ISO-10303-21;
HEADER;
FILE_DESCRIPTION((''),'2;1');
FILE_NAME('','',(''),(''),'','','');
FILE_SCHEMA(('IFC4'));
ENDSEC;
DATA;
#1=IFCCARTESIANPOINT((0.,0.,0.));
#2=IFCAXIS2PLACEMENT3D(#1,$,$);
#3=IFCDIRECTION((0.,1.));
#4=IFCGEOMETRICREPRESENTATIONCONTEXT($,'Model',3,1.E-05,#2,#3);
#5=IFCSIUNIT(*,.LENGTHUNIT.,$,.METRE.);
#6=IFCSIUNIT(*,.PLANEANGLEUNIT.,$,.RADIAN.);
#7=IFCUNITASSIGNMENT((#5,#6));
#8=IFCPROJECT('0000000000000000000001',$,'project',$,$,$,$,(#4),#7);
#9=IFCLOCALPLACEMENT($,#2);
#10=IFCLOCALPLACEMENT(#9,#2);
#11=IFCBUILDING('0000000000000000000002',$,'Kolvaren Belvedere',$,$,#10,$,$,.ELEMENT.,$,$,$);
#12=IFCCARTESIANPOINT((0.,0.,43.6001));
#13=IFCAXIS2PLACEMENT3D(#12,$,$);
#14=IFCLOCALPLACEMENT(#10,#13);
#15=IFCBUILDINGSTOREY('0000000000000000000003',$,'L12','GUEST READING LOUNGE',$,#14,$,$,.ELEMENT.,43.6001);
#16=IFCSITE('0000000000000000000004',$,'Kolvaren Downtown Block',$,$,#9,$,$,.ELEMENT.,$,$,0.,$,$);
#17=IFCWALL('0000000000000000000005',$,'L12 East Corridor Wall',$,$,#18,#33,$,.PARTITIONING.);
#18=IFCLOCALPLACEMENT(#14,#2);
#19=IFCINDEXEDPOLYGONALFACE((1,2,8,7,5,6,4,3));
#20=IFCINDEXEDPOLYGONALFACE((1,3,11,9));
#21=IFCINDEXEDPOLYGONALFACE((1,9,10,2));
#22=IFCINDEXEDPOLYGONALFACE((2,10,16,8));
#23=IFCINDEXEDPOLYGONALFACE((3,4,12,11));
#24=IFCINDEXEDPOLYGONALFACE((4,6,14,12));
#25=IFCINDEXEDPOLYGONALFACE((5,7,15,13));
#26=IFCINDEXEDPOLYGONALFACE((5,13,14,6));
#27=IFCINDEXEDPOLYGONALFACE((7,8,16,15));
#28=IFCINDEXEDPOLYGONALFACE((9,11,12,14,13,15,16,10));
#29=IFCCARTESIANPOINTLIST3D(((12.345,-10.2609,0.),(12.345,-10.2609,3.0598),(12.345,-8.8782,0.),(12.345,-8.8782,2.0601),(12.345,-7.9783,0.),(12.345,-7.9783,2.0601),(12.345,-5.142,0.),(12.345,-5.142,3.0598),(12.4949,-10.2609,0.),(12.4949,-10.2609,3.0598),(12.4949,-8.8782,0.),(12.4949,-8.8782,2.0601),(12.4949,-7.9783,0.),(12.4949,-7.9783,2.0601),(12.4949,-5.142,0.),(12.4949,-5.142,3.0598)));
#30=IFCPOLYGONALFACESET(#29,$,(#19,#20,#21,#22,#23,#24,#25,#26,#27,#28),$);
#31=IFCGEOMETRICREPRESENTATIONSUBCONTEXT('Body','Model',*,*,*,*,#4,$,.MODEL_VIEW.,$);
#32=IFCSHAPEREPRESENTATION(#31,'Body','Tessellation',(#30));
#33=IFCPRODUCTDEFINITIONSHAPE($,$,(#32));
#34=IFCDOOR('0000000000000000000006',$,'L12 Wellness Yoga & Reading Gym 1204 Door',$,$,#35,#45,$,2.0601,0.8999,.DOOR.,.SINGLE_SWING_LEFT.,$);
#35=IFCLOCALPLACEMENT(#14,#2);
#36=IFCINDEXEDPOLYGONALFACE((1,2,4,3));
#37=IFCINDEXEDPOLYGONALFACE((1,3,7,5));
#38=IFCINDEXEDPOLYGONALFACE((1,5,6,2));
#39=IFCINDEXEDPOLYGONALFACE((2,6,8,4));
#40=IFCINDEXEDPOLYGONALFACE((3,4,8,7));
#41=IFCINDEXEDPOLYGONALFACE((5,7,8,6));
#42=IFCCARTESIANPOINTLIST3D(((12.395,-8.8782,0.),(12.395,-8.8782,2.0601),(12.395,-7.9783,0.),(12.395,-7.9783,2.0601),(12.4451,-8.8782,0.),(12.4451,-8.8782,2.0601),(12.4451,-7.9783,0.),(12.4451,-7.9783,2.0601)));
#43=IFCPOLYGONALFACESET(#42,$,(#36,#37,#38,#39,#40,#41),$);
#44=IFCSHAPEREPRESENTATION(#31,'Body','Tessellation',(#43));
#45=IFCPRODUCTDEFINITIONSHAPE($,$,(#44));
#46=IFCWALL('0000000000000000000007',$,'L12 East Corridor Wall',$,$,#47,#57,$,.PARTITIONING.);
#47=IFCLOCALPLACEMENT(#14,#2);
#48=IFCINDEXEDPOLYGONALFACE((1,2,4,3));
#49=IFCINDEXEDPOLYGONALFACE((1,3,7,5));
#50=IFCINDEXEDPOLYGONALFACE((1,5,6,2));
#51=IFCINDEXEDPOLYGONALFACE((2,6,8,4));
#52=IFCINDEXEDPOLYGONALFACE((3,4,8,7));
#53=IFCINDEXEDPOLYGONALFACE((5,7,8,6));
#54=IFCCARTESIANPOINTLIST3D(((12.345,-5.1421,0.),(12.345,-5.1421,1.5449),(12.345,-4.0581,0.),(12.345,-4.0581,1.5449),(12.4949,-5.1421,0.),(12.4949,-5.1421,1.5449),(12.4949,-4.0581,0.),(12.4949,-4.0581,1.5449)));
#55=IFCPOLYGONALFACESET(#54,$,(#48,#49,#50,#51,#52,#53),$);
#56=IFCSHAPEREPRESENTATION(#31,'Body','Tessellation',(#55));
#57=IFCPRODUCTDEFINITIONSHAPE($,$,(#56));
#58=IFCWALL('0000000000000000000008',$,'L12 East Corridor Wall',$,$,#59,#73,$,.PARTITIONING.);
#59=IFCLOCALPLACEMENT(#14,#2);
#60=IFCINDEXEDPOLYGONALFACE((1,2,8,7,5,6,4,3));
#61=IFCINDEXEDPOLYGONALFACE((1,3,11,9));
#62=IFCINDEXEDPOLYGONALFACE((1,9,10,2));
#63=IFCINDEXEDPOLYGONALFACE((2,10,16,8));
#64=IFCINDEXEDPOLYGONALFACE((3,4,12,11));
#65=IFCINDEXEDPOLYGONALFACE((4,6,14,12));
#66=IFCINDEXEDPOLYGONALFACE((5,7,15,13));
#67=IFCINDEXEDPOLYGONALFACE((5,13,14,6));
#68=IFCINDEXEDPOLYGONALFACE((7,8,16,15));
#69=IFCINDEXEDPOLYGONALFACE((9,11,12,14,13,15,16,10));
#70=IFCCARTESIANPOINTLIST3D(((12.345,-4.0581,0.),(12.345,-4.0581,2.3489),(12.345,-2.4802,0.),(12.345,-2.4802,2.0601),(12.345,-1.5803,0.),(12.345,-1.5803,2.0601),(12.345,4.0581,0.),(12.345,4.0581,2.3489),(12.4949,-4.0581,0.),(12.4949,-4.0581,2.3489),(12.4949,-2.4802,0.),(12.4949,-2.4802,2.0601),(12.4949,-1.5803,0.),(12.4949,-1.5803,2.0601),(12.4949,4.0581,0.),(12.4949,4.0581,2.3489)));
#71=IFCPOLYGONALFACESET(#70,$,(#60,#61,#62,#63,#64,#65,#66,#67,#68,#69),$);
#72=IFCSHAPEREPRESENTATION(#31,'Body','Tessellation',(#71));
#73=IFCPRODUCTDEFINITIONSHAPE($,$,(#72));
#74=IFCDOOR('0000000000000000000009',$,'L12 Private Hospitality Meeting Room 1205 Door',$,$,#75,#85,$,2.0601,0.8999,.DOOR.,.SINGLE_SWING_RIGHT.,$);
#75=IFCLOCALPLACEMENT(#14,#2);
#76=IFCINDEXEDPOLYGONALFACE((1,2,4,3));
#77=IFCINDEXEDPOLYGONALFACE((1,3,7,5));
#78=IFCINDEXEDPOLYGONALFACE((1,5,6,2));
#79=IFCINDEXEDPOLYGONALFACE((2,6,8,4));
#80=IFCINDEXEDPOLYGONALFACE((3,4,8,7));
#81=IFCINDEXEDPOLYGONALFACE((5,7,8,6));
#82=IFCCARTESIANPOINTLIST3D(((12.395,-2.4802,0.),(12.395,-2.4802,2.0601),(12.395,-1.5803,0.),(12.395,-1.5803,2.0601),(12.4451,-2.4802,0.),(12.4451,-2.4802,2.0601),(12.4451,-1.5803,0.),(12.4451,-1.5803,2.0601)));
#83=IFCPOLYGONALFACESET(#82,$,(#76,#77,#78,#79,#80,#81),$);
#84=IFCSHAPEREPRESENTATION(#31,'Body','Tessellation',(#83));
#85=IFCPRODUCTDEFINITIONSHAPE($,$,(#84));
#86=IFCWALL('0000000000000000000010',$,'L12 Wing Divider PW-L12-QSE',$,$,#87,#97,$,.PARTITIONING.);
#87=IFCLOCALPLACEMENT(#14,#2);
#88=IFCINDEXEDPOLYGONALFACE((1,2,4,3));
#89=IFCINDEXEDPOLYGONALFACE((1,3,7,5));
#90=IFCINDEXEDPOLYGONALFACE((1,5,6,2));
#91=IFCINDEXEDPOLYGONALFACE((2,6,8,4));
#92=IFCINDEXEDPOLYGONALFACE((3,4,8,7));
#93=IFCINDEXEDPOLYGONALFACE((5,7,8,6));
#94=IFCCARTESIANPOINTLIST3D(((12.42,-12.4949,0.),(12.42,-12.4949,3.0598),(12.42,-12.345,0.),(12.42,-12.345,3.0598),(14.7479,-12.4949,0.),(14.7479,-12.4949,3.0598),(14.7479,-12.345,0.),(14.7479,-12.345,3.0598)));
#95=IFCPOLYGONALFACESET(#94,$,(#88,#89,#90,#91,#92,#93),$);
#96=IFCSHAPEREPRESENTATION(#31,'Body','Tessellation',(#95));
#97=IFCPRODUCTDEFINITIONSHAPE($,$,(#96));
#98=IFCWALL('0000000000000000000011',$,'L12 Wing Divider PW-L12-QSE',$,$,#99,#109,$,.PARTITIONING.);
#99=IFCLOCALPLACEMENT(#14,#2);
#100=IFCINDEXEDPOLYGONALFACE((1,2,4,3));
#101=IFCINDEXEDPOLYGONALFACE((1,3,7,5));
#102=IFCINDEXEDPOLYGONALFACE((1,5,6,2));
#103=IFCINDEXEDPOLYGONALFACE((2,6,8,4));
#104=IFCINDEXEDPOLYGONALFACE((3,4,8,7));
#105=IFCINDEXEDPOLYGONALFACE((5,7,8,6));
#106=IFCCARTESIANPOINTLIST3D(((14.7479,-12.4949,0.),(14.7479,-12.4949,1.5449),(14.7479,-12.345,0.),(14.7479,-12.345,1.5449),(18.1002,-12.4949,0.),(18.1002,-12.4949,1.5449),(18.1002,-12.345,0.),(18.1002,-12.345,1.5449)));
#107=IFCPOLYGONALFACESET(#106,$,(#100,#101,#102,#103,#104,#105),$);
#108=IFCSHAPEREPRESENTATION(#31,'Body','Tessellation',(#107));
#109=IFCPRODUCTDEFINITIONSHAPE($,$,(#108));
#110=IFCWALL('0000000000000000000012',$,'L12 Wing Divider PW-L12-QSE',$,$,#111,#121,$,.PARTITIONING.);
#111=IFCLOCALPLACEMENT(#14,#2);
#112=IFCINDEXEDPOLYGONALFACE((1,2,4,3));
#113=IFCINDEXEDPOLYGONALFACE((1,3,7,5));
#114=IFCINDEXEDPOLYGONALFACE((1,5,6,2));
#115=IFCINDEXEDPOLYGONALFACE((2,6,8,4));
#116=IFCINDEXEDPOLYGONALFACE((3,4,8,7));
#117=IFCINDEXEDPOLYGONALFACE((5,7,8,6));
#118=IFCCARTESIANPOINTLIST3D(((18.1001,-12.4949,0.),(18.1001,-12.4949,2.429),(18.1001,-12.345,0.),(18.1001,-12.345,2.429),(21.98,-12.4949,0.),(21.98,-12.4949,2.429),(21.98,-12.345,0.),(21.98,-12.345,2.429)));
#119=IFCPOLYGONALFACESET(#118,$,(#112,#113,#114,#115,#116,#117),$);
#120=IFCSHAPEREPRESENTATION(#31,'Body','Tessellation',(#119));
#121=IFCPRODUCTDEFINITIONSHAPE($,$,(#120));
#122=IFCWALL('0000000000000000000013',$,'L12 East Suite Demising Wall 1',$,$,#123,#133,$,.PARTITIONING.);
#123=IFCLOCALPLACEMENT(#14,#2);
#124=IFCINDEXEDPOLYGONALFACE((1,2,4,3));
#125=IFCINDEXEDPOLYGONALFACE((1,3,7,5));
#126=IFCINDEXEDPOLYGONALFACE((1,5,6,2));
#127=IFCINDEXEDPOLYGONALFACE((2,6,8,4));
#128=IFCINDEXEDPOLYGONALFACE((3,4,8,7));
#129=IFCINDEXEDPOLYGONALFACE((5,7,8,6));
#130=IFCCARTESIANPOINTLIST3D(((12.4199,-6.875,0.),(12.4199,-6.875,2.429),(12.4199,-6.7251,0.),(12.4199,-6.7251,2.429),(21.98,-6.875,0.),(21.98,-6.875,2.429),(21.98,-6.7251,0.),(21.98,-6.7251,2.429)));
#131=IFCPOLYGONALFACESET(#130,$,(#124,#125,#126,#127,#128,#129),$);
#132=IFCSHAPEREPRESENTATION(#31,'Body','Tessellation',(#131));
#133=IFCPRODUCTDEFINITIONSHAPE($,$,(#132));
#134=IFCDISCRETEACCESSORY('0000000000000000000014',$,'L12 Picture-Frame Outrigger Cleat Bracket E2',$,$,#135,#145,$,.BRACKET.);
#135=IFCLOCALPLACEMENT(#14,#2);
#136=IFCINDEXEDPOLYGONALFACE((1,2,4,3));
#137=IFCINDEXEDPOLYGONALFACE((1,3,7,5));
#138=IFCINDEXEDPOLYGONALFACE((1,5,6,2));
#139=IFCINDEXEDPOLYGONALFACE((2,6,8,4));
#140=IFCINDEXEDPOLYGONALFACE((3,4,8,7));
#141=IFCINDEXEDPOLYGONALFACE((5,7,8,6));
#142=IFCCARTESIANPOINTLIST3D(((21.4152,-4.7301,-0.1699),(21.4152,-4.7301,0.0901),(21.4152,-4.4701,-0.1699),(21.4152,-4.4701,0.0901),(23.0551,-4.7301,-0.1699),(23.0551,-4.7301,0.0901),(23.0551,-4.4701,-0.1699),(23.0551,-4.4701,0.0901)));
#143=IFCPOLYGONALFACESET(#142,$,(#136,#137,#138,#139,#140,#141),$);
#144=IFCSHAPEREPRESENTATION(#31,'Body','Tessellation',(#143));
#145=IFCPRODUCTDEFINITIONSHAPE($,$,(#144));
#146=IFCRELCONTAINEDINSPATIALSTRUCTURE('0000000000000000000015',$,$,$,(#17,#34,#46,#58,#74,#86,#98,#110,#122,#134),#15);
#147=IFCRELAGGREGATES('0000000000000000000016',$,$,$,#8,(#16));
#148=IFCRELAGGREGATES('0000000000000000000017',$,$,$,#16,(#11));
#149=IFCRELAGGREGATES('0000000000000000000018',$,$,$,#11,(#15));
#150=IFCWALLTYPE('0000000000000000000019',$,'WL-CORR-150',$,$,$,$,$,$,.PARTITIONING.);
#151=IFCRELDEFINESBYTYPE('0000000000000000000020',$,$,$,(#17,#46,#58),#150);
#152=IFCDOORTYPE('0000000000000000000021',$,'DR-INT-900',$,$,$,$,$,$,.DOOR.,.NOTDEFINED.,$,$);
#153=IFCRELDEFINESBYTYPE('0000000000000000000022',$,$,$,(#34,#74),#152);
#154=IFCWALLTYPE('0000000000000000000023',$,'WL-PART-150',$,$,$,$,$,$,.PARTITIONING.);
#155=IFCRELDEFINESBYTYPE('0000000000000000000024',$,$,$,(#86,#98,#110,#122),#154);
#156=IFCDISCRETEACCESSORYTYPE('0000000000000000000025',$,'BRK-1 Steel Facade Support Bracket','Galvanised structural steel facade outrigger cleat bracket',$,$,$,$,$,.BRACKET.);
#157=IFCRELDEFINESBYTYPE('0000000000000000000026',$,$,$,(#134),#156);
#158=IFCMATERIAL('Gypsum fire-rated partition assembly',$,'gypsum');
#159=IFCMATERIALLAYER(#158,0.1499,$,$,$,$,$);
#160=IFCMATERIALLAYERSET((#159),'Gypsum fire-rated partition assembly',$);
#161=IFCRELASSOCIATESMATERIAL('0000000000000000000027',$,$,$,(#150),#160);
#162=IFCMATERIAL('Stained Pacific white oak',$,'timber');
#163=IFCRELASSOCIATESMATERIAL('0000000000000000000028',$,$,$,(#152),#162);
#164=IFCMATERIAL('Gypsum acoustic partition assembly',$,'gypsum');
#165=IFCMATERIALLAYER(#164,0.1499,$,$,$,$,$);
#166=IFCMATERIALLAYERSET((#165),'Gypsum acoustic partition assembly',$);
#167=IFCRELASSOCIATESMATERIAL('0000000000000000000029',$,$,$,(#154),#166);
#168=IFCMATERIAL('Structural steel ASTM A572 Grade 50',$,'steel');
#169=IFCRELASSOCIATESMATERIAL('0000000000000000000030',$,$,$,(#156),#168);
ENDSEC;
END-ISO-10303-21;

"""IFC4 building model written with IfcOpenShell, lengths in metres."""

from ifc_helpers import new_model, si_unit, direction, frame, frame_2d, origin, origin_2d, place, context, subcontext, project, spatial, rectangle, extrude, material, layer, layer_set, type_object, element, fill, save


model = new_model("IFC4")

# Units and contexts
model_context = context("Model", 3, precision=1e-05, world=origin(), true_north=direction((0.0, 1.0)))
body_context = subcontext(model_context, "Body", "Model", "MODEL_VIEW")
ifc_project = project(units=[si_unit("LENGTHUNIT", "METRE"), si_unit("PLANEANGLEUNIT", "RADIAN")], contexts=[model_context])

# Site, building, storey
site_placement = place(None, origin())
site = spatial("IfcSite", under=ifc_project, at=site_placement, Name="Kolvaren Downtown Block", CompositionType="ELEMENT", RefElevation=0.0)
building_placement = place(site_placement, origin())
building = spatial("IfcBuilding", under=site, at=building_placement, Name="Kolvaren Belvedere", CompositionType="ELEMENT")
storey_placement = place(building_placement, frame((0.0, 0.0, 43.6001)))
storey = spatial("IfcBuildingStorey", under=building, at=storey_placement, Name="L12", Description="GUEST READING LOUNGE", CompositionType="ELEMENT", Elevation=43.6001)

# Shared definitions
ifc_material_1 = material(Name="Gypsum fire-rated partition assembly", Category="gypsum")
ifc_layer_1 = layer(ifc_material_1, 0.1499)
ifc_layer_set_1 = layer_set([ifc_layer_1], Name="Gypsum fire-rated partition assembly")
wall_type_1 = type_object("IfcWallType", Name="WL-CORR-150", PredefinedType="PARTITIONING", material=ifc_layer_set_1)

# Wall, opening, door
wall_1_placement = place(storey_placement, frame((12.4199, -10.261, 0.0), z_axis=(0.0, 0.0, 1.0), x_axis=(0.0, 1.0, 0.0)))
wall_1 = element("IfcWall", 1, at=wall_1_placement, inside=storey, type_object=wall_type_1, Name="L12 East Corridor Wall", PredefinedType="PARTITIONING", context=body_context, shape_type="SweptSolid", body=[
    extrude(rectangle(XDim=5.1189, YDim=0.1499, at=frame_2d((2.5596, 0.0))), origin(), (0.0, 0.0, 1.0), 3.0598),
])
opening_1_placement = place(wall_1_placement, frame((1.3828, 0.0, 0.0)))
opening_1 = element("IfcOpeningElement", 2, at=opening_1_placement, cuts=wall_1, PredefinedType="OPENING", context=body_context, shape_type="SweptSolid", body=[
    extrude(rectangle(XDim=0.8999, YDim=2.0601, at=frame_2d((0.45, 1.03))), frame((0.0, 0.085, 0.0), z_axis=(0.0, -1.0, 0.0), x_axis=(1.0, 0.0, 0.0)), (0.0, 0.0, 1.0), 0.1699),
])
ifc_material_2 = material(Name="Stained Pacific white oak", Category="timber")
door_type = type_object("IfcDoorType", Name="DR-INT-900", OperationType="NOTDEFINED", PredefinedType="DOOR", material=ifc_material_2)
door_1_placement = place(opening_1_placement, origin())
door_1 = element("IfcDoor", 3, at=door_1_placement, inside=storey, type_object=door_type, Name="L12 Wellness Yoga & Reading Gym 1204 Door", OperationType="SINGLE_SWING_LEFT", OverallHeight=2.0601, OverallWidth=0.8999, PredefinedType="DOOR", context=body_context, shape_type="SweptSolid", body=[
    extrude(rectangle(XDim=0.8999, YDim=2.0601, at=frame_2d((0.45, 1.03))), frame((0.0, 0.0249, 0.0), z_axis=(0.0, -1.0, 0.0), x_axis=(1.0, 0.0, 0.0)), (0.0, 0.0, 1.0), 0.05),
])
fill(opening_1, door_1)

# Wall
wall_2_placement = place(storey_placement, frame((12.4199, -5.1421, 0.0), z_axis=(0.0, 0.0, 1.0), x_axis=(0.0, 1.0, 0.0)))
element("IfcWall", 4, at=wall_2_placement, inside=storey, type_object=wall_type_1, Name="L12 East Corridor Wall", PredefinedType="PARTITIONING", context=body_context, shape_type="SweptSolid", body=[
    extrude(rectangle(XDim=1.084, YDim=0.1499, at=frame_2d((0.542, 0.0))), origin(), (0.0, 0.0, 1.0), 1.5449),
])

# Wall, opening, door
wall_3_placement = place(storey_placement, frame((12.4199, -4.0581, 0.0), z_axis=(0.0, 0.0, 1.0), x_axis=(0.0, 1.0, 0.0)))
wall_3 = element("IfcWall", 5, at=wall_3_placement, inside=storey, type_object=wall_type_1, Name="L12 East Corridor Wall", PredefinedType="PARTITIONING", context=body_context, shape_type="SweptSolid", body=[
    extrude(rectangle(XDim=8.1162, YDim=0.1499, at=frame_2d((4.0581, 0.0))), origin(), (0.0, 0.0, 1.0), 2.3489),
])
opening_2_placement = place(wall_3_placement, frame((1.5779, 0.0, 0.0)))
opening_2 = element("IfcOpeningElement", 6, at=opening_2_placement, cuts=wall_3, PredefinedType="OPENING", context=body_context, shape_type="SweptSolid", body=[
    extrude(rectangle(XDim=0.8999, YDim=2.0601, at=frame_2d((0.45, 1.03))), frame((0.0, 0.085, 0.0), z_axis=(0.0, -1.0, 0.0), x_axis=(1.0, 0.0, 0.0)), (0.0, 0.0, 1.0), 0.1699),
])
door_2_placement = place(opening_2_placement, origin())
door_2 = element("IfcDoor", 7, at=door_2_placement, inside=storey, type_object=door_type, Name="L12 Private Hospitality Meeting Room 1205 Door", OperationType="SINGLE_SWING_RIGHT", OverallHeight=2.0601, OverallWidth=0.8999, PredefinedType="DOOR", context=body_context, shape_type="SweptSolid", body=[
    extrude(rectangle(XDim=0.8999, YDim=2.0601, at=frame_2d((0.45, 1.03))), frame((0.0, 0.0249, 0.0), z_axis=(0.0, -1.0, 0.0), x_axis=(1.0, 0.0, 0.0)), (0.0, 0.0, 1.0), 0.05),
])
fill(opening_2, door_2)

# Walls
ifc_material_3 = material(Name="Gypsum acoustic partition assembly", Category="gypsum")
ifc_layer_2 = layer(ifc_material_3, 0.1499)
ifc_layer_set_2 = layer_set([ifc_layer_2], Name="Gypsum acoustic partition assembly")
wall_type_2 = type_object("IfcWallType", Name="WL-PART-150", PredefinedType="PARTITIONING", material=ifc_layer_set_2)
wall_4_placement = place(storey_placement, frame((12.4199, -12.4199, 0.0), z_axis=(0.0, 0.0, 1.0), x_axis=(1.0, 0.0, 0.0)))
element("IfcWall", 8, at=wall_4_placement, inside=storey, type_object=wall_type_2, Name="L12 Wing Divider PW-L12-QSE", PredefinedType="PARTITIONING", context=body_context, shape_type="SweptSolid", body=[
    extrude(rectangle(XDim=2.3279, YDim=0.1499, at=frame_2d((1.1641, 0.0))), origin(), (0.0, 0.0, 1.0), 3.0598),
])
wall_5_placement = place(storey_placement, frame((14.7478, -12.4199, 0.0), z_axis=(0.0, 0.0, 1.0), x_axis=(1.0, 0.0, 0.0)))
element("IfcWall", 9, at=wall_5_placement, inside=storey, type_object=wall_type_2, Name="L12 Wing Divider PW-L12-QSE", PredefinedType="PARTITIONING", context=body_context, shape_type="SweptSolid", body=[
    extrude(rectangle(XDim=3.3523, YDim=0.1499, at=frame_2d((1.6763, 0.0))), origin(), (0.0, 0.0, 1.0), 1.5449),
])
wall_6_placement = place(storey_placement, frame((18.1001, -12.4199, 0.0), z_axis=(0.0, 0.0, 1.0), x_axis=(1.0, 0.0, 0.0)))
element("IfcWall", 10, at=wall_6_placement, inside=storey, type_object=wall_type_2, Name="L12 Wing Divider PW-L12-QSE", PredefinedType="PARTITIONING", context=body_context, shape_type="SweptSolid", body=[
    extrude(rectangle(XDim=3.8799, YDim=0.1499, at=frame_2d((1.9399, 0.0))), origin(), (0.0, 0.0, 1.0), 2.429),
])
wall_7_placement = place(storey_placement, frame((12.4199, -6.8, 0.0), z_axis=(0.0, 0.0, 1.0), x_axis=(1.0, 0.0, 0.0)))
element("IfcWall", 11, at=wall_7_placement, inside=storey, type_object=wall_type_2, Name="L12 East Suite Demising Wall 1", PredefinedType="PARTITIONING", context=body_context, shape_type="SweptSolid", body=[
    extrude(rectangle(XDim=9.5601, YDim=0.1499, at=frame_2d((4.78, 0.0))), origin(), (0.0, 0.0, 1.0), 2.429),
])

# Discrete accessory
ifc_material_4 = material(Name="Structural steel ASTM A572 Grade 50", Category="steel")
discrete_accessory_type = type_object("IfcDiscreteAccessoryType", Name="BRK-1 Steel Facade Support Bracket", Description="Galvanised structural steel facade outrigger cleat bracket", PredefinedType="BRACKET", material=ifc_material_4)
discrete_accessory_placement = place(storey_placement, frame((22.2351, -4.6001, -0.1699), z_axis=(0.0, 0.0, 1.0), x_axis=(1.0, 0.0, 0.0)))
element("IfcDiscreteAccessory", 12, at=discrete_accessory_placement, inside=storey, type_object=discrete_accessory_type, Name="L12 Picture-Frame Outrigger Cleat Bracket E2", PredefinedType="BRACKET", context=body_context, shape_type="SweptSolid", body=[
    extrude(rectangle(XDim=1.6399, YDim=0.26, at=origin_2d()), origin(), (0.0, 0.0, 1.0), 0.26),
])

save(model, "model.ifc")
